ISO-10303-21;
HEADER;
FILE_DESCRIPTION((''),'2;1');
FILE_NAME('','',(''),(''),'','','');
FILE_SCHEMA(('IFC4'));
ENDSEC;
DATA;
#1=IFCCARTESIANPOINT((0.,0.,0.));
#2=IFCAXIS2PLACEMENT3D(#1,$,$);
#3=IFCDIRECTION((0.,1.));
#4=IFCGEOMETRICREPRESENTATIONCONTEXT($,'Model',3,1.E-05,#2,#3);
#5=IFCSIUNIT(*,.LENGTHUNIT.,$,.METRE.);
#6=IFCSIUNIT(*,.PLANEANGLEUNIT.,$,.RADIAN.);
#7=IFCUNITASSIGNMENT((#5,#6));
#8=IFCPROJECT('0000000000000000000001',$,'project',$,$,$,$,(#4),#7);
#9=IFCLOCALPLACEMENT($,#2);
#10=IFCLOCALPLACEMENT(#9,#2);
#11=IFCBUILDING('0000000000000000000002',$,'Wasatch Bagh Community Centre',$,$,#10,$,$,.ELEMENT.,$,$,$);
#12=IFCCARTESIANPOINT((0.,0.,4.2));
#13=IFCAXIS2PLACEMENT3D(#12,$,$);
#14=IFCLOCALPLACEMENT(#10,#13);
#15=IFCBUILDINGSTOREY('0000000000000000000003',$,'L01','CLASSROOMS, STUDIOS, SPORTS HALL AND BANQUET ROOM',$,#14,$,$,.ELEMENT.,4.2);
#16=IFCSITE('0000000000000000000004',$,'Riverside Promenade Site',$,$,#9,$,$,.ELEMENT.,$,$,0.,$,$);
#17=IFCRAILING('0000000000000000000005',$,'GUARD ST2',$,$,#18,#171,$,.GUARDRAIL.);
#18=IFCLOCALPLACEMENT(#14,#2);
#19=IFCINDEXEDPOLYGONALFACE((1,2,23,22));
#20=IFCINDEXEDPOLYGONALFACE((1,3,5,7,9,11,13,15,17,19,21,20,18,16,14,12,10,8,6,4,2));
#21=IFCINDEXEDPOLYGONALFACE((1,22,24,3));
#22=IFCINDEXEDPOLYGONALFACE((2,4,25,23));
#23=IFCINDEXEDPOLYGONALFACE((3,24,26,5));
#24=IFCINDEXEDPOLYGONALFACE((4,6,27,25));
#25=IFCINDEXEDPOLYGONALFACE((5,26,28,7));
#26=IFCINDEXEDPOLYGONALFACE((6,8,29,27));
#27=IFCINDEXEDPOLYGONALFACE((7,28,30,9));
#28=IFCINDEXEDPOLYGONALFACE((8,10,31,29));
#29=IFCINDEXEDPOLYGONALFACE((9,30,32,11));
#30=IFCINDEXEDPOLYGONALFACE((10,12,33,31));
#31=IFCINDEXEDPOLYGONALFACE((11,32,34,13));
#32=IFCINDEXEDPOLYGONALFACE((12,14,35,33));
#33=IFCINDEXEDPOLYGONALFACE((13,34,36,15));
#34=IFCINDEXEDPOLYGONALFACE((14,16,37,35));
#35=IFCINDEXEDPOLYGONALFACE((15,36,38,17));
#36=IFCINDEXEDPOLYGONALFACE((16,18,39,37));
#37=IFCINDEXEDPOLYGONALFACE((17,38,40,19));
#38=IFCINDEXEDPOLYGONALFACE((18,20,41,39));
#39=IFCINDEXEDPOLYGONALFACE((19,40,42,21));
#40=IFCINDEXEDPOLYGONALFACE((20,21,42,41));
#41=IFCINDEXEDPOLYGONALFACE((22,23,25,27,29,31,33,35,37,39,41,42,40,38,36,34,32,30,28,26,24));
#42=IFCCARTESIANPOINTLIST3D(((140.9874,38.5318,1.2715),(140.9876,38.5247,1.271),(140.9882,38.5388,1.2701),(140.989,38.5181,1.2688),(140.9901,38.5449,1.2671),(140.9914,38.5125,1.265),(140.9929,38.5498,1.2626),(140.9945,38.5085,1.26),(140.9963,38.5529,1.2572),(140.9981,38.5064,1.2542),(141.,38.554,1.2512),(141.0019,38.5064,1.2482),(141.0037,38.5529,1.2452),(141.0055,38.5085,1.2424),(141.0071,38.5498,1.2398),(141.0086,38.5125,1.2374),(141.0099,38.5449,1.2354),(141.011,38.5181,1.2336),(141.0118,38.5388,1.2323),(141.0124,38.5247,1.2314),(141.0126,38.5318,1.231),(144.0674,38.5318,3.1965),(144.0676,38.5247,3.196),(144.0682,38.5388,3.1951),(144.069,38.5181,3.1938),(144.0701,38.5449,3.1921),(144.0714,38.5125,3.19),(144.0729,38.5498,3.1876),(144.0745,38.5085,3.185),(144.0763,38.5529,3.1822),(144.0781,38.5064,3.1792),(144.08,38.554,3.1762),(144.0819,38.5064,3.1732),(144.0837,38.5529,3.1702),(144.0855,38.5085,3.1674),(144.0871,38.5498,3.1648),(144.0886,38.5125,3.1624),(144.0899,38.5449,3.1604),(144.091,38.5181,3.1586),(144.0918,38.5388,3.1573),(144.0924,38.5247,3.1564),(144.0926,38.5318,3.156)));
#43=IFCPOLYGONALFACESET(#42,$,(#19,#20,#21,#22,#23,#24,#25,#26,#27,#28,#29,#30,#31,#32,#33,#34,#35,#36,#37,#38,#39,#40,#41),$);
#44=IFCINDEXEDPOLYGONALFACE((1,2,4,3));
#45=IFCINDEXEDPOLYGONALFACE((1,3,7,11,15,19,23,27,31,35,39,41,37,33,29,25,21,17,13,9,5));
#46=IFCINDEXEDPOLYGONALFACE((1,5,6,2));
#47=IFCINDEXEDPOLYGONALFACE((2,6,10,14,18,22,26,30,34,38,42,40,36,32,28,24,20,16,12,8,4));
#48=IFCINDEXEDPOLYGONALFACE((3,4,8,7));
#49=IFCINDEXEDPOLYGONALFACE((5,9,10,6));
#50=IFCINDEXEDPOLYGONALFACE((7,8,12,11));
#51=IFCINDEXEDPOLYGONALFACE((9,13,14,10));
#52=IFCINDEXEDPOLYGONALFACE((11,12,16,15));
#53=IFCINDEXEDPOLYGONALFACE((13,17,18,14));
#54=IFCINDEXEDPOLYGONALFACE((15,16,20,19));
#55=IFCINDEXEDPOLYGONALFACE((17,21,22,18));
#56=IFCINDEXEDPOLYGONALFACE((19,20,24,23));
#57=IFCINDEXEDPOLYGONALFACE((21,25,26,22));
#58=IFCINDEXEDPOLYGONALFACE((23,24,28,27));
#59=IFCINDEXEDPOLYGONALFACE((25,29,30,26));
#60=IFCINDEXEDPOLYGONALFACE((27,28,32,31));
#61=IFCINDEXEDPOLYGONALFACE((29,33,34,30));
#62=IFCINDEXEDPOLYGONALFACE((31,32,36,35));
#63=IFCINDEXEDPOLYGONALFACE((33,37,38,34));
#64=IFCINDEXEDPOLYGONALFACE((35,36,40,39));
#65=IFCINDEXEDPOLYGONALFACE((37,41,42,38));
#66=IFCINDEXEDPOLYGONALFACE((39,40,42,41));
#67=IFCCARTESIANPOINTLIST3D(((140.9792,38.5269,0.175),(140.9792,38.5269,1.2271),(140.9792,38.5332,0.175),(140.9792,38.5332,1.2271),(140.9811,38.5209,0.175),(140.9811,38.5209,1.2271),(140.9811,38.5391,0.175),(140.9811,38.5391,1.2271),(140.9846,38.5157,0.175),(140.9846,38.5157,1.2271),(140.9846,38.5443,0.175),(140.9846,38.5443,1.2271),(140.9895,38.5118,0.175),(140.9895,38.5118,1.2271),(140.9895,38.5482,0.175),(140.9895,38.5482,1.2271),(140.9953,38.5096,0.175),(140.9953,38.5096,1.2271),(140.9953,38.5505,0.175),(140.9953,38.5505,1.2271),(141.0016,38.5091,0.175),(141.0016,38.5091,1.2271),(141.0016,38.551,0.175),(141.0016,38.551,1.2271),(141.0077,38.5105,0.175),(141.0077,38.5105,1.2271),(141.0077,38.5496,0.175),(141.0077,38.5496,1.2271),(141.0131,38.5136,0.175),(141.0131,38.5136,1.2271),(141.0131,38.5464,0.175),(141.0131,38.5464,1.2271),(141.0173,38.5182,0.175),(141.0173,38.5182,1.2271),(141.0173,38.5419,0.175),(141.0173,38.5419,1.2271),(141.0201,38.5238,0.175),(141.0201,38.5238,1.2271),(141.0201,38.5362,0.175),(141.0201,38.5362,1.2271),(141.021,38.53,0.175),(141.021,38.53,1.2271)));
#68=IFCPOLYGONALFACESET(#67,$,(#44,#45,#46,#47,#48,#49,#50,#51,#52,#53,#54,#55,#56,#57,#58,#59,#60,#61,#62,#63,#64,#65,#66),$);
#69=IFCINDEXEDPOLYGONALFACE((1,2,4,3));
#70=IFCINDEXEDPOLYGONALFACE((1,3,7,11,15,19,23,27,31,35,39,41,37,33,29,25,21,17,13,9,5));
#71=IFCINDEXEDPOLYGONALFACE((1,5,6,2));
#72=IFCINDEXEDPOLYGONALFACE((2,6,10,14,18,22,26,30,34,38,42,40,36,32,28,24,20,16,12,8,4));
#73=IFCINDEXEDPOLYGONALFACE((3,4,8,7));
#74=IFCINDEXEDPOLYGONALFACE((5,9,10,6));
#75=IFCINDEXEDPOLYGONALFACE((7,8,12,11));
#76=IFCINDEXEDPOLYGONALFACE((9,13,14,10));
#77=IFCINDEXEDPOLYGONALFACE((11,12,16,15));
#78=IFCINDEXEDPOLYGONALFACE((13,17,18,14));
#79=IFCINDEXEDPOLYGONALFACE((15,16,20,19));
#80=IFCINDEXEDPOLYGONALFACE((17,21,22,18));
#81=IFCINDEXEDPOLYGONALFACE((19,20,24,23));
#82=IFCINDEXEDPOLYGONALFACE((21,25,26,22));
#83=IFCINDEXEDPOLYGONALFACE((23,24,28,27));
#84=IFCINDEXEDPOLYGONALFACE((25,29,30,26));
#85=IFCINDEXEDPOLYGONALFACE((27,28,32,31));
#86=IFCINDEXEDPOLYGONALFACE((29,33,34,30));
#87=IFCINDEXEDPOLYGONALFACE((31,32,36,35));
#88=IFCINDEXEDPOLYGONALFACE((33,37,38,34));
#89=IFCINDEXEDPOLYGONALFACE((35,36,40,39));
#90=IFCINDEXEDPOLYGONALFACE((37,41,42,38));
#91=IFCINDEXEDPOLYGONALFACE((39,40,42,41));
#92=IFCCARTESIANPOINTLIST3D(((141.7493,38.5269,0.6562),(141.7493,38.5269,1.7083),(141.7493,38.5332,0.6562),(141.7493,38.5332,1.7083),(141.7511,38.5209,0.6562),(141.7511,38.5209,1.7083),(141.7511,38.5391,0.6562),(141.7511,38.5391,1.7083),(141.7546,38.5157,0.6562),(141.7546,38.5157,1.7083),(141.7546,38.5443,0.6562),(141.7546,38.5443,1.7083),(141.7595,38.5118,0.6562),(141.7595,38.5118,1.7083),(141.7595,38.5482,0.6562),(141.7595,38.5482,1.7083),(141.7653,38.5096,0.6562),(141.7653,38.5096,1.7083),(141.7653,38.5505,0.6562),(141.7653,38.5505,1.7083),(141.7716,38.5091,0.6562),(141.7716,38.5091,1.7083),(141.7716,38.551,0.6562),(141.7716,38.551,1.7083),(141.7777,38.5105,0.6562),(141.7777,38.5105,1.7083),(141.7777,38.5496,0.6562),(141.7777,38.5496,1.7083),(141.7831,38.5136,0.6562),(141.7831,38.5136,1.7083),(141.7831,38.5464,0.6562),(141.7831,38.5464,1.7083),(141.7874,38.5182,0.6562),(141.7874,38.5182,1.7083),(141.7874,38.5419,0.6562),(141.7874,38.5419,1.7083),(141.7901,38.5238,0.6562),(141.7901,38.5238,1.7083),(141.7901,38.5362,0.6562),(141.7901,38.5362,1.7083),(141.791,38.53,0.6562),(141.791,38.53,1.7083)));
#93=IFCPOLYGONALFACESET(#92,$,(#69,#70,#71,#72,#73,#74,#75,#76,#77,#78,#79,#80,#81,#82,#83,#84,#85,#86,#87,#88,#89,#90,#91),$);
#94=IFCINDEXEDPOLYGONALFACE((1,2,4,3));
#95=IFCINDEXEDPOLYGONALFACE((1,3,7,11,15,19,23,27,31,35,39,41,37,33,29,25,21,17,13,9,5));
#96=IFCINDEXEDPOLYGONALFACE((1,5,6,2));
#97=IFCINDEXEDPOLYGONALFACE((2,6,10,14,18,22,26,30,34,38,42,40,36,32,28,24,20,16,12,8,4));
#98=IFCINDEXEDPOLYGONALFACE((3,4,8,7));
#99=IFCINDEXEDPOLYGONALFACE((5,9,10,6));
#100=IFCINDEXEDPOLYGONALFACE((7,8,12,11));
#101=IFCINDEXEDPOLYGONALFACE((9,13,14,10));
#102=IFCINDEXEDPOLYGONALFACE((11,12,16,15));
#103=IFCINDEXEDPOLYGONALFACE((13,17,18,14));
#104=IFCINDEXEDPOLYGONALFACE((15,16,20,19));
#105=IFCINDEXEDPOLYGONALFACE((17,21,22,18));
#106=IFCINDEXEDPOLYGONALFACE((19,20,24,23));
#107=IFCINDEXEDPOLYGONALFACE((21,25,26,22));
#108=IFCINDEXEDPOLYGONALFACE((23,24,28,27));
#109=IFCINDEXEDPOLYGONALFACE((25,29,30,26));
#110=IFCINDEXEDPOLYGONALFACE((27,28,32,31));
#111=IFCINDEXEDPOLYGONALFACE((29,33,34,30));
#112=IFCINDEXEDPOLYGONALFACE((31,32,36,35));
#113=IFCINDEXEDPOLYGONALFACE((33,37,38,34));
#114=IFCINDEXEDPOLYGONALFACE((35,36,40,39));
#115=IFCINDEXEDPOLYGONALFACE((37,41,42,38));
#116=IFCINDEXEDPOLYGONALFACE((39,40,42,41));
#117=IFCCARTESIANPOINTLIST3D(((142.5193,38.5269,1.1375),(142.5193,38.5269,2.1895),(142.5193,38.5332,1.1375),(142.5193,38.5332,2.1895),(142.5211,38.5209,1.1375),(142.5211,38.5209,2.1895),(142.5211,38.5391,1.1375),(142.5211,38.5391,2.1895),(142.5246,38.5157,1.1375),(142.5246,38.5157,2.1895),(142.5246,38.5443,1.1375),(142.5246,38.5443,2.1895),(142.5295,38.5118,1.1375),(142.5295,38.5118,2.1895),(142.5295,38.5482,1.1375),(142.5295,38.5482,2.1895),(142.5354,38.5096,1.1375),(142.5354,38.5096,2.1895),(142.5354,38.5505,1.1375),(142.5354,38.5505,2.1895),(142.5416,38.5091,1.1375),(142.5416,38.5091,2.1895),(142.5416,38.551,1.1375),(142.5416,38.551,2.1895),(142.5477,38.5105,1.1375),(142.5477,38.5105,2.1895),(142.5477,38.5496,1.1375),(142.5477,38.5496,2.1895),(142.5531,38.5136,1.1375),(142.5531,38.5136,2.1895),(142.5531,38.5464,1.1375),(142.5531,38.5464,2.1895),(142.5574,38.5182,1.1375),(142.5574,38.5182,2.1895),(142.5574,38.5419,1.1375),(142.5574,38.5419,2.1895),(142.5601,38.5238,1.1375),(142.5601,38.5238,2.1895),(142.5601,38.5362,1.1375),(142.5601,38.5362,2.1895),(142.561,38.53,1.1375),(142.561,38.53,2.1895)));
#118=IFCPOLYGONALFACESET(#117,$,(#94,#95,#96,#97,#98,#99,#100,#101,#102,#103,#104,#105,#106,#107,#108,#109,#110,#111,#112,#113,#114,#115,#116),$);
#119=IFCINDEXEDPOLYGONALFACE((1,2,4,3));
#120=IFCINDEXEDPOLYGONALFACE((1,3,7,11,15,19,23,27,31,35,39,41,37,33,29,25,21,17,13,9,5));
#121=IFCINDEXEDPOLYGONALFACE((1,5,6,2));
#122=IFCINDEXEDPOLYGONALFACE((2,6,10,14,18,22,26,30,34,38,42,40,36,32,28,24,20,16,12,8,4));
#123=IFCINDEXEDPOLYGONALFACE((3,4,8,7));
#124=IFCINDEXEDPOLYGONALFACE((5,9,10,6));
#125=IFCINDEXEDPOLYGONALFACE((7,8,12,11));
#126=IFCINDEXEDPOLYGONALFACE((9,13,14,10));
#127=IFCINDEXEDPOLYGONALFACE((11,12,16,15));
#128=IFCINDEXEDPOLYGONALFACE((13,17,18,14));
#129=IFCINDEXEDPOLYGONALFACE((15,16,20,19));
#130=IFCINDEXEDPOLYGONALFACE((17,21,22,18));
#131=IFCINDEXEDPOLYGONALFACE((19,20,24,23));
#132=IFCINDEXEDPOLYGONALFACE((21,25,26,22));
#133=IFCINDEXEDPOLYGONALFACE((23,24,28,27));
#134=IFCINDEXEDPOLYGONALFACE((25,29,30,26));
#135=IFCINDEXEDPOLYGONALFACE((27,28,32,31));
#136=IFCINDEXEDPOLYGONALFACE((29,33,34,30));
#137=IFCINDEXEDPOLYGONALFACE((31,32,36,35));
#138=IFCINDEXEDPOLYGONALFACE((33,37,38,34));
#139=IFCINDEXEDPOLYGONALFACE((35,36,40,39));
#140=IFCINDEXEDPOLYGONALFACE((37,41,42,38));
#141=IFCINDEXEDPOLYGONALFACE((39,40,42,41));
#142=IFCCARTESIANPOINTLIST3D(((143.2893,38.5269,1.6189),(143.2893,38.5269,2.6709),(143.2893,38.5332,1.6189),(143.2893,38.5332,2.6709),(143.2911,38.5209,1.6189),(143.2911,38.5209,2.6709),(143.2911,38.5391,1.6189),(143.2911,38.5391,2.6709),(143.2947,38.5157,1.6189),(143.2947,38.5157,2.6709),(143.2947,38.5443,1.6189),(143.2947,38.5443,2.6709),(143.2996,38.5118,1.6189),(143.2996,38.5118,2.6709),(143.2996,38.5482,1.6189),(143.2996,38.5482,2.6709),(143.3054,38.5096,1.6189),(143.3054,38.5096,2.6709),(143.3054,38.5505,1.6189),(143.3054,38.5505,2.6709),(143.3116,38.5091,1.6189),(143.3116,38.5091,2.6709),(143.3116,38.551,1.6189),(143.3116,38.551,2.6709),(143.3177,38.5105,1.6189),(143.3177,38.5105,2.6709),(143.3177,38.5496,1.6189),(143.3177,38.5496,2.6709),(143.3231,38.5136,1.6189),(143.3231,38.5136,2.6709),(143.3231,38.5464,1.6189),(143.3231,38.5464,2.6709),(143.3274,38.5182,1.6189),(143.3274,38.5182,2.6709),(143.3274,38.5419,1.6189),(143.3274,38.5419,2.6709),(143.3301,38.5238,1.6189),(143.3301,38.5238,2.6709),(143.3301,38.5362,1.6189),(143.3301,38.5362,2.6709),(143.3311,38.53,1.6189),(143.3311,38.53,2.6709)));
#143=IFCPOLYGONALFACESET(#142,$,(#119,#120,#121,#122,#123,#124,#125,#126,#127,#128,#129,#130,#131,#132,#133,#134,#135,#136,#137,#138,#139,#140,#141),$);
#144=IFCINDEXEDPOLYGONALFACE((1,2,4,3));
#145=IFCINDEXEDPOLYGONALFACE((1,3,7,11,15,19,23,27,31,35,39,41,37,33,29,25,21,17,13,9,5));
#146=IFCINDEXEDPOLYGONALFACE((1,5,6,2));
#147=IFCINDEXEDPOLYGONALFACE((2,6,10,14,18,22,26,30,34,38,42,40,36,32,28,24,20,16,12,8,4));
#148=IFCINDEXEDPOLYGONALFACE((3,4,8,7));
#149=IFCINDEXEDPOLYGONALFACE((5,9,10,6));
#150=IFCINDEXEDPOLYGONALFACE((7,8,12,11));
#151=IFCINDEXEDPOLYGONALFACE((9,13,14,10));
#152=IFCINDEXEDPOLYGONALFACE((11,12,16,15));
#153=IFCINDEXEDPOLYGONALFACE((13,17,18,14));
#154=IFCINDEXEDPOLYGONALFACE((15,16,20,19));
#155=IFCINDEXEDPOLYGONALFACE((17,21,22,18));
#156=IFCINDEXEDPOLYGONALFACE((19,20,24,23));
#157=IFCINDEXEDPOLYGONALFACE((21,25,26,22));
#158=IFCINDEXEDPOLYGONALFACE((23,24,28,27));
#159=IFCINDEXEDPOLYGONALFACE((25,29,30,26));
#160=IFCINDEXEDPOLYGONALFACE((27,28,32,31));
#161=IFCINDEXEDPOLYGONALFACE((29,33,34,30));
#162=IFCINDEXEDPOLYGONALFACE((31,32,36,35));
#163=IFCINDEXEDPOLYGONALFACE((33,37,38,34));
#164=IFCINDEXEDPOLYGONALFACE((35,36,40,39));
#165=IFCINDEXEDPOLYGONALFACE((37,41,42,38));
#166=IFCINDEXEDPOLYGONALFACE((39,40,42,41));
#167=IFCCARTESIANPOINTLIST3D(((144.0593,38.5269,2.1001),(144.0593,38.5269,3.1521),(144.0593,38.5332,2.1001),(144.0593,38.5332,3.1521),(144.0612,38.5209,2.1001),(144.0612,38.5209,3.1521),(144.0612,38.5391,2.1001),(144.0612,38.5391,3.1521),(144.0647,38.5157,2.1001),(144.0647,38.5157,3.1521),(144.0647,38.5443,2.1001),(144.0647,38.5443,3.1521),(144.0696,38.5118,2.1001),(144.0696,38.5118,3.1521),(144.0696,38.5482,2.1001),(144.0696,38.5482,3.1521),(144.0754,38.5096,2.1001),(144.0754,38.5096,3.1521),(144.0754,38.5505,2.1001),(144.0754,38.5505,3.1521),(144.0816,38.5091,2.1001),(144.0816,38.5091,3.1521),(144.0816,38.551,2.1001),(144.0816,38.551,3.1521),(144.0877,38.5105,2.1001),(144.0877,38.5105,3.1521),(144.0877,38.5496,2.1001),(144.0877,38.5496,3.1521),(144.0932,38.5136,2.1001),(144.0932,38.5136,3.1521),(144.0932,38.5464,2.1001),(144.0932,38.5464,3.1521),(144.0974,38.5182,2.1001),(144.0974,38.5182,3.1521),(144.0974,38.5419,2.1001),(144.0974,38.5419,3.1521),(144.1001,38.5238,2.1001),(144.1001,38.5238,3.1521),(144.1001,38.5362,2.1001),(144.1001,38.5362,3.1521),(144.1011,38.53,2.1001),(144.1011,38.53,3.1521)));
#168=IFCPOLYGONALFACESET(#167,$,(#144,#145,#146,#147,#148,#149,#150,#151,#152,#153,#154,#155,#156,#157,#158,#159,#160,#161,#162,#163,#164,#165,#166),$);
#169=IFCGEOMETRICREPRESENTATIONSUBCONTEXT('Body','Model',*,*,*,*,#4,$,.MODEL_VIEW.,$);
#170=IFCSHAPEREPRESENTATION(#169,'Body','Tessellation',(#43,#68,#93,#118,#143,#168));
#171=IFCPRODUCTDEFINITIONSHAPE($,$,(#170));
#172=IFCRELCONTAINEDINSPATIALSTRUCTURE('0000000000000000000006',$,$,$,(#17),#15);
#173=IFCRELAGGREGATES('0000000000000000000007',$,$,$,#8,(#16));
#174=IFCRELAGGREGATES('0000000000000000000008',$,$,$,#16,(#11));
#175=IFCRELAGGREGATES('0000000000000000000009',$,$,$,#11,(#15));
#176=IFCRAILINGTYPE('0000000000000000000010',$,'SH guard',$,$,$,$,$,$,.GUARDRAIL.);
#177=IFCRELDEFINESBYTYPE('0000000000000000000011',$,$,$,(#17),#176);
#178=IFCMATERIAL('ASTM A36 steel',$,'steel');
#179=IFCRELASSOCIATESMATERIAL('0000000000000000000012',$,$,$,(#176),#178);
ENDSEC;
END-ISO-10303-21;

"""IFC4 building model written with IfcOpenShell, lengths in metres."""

from ifc_helpers import new_model, si_unit, direction, frame, origin, origin_2d, place, context, subcontext, project, spatial, circle, extrude, material, type_object, element, save


model = new_model("IFC4")

# Units and contexts
model_context = context("Model", 3, precision=1e-05, world=origin(), true_north=direction((0.0, 1.0)))
body_context = subcontext(model_context, "Body", "Model", "MODEL_VIEW")
ifc_project = project(units=[si_unit("LENGTHUNIT", "METRE"), si_unit("PLANEANGLEUNIT", "RADIAN")], contexts=[model_context])

# Site, building, storey
site_placement = place(None, origin())
site = spatial("IfcSite", under=ifc_project, at=site_placement, Name="Riverside Promenade Site", CompositionType="ELEMENT", RefElevation=0.0)
building_placement = place(site_placement, origin())
building = spatial("IfcBuilding", under=site, at=building_placement, Name="Wasatch Bagh Community Centre", CompositionType="ELEMENT")
storey_placement = place(building_placement, frame((0.0, 0.0, 4.2)))
storey = spatial("IfcBuildingStorey", under=building, at=storey_placement, Name="L01", Description="CLASSROOMS, STUDIOS, SPORTS HALL AND BANQUET ROOM", CompositionType="ELEMENT", Elevation=4.2)

# Railing
ifc_material_1 = material(Name="ASTM A36 steel", Category="steel")
railing_type_1 = type_object("IfcRailingType", Name="SH guard", PredefinedType="GUARDRAIL", material=ifc_material_1)
for number, where, name in (
    (1, (141.0, 38.53, 0.175), "GUARD ST2"),
):
    element("IfcRailing", number, at=place(storey_placement, frame(where)), inside=storey, type_object=railing_type_1, Name=name, PredefinedType="GUARDRAIL", context=body_context, shape_type="SweptSolid", body=[
        extrude(circle(Radius=0.0239, at=origin_2d()), frame((0.0, 0.0, 1.0762), z_axis=(0.847998, 0.0, 0.529999), x_axis=(0.0, 1.0, 0.0)), (0.0, 0.0, 1.0), 3.6321),
        extrude(circle(Radius=0.021, at=origin_2d()), origin(), (0.0, 0.0, 1.0), 1.052),
        extrude(circle(Radius=0.021, at=origin_2d()), frame((0.77, 0.0, 0.4812)), (0.0, 0.0, 1.0), 1.052),
        extrude(circle(Radius=0.021, at=origin_2d()), frame((1.54, 0.0, 0.9624)), (0.0, 0.0, 1.0), 1.052),
        extrude(circle(Radius=0.021, at=origin_2d()), frame((2.3101, 0.0, 1.4438)), (0.0, 0.0, 1.0), 1.052),
        extrude(circle(Radius=0.021, at=origin_2d()), frame((3.0801, 0.0, 1.925)), (0.0, 0.0, 1.0), 1.052),
    ])

save(model, "model.ifc")
